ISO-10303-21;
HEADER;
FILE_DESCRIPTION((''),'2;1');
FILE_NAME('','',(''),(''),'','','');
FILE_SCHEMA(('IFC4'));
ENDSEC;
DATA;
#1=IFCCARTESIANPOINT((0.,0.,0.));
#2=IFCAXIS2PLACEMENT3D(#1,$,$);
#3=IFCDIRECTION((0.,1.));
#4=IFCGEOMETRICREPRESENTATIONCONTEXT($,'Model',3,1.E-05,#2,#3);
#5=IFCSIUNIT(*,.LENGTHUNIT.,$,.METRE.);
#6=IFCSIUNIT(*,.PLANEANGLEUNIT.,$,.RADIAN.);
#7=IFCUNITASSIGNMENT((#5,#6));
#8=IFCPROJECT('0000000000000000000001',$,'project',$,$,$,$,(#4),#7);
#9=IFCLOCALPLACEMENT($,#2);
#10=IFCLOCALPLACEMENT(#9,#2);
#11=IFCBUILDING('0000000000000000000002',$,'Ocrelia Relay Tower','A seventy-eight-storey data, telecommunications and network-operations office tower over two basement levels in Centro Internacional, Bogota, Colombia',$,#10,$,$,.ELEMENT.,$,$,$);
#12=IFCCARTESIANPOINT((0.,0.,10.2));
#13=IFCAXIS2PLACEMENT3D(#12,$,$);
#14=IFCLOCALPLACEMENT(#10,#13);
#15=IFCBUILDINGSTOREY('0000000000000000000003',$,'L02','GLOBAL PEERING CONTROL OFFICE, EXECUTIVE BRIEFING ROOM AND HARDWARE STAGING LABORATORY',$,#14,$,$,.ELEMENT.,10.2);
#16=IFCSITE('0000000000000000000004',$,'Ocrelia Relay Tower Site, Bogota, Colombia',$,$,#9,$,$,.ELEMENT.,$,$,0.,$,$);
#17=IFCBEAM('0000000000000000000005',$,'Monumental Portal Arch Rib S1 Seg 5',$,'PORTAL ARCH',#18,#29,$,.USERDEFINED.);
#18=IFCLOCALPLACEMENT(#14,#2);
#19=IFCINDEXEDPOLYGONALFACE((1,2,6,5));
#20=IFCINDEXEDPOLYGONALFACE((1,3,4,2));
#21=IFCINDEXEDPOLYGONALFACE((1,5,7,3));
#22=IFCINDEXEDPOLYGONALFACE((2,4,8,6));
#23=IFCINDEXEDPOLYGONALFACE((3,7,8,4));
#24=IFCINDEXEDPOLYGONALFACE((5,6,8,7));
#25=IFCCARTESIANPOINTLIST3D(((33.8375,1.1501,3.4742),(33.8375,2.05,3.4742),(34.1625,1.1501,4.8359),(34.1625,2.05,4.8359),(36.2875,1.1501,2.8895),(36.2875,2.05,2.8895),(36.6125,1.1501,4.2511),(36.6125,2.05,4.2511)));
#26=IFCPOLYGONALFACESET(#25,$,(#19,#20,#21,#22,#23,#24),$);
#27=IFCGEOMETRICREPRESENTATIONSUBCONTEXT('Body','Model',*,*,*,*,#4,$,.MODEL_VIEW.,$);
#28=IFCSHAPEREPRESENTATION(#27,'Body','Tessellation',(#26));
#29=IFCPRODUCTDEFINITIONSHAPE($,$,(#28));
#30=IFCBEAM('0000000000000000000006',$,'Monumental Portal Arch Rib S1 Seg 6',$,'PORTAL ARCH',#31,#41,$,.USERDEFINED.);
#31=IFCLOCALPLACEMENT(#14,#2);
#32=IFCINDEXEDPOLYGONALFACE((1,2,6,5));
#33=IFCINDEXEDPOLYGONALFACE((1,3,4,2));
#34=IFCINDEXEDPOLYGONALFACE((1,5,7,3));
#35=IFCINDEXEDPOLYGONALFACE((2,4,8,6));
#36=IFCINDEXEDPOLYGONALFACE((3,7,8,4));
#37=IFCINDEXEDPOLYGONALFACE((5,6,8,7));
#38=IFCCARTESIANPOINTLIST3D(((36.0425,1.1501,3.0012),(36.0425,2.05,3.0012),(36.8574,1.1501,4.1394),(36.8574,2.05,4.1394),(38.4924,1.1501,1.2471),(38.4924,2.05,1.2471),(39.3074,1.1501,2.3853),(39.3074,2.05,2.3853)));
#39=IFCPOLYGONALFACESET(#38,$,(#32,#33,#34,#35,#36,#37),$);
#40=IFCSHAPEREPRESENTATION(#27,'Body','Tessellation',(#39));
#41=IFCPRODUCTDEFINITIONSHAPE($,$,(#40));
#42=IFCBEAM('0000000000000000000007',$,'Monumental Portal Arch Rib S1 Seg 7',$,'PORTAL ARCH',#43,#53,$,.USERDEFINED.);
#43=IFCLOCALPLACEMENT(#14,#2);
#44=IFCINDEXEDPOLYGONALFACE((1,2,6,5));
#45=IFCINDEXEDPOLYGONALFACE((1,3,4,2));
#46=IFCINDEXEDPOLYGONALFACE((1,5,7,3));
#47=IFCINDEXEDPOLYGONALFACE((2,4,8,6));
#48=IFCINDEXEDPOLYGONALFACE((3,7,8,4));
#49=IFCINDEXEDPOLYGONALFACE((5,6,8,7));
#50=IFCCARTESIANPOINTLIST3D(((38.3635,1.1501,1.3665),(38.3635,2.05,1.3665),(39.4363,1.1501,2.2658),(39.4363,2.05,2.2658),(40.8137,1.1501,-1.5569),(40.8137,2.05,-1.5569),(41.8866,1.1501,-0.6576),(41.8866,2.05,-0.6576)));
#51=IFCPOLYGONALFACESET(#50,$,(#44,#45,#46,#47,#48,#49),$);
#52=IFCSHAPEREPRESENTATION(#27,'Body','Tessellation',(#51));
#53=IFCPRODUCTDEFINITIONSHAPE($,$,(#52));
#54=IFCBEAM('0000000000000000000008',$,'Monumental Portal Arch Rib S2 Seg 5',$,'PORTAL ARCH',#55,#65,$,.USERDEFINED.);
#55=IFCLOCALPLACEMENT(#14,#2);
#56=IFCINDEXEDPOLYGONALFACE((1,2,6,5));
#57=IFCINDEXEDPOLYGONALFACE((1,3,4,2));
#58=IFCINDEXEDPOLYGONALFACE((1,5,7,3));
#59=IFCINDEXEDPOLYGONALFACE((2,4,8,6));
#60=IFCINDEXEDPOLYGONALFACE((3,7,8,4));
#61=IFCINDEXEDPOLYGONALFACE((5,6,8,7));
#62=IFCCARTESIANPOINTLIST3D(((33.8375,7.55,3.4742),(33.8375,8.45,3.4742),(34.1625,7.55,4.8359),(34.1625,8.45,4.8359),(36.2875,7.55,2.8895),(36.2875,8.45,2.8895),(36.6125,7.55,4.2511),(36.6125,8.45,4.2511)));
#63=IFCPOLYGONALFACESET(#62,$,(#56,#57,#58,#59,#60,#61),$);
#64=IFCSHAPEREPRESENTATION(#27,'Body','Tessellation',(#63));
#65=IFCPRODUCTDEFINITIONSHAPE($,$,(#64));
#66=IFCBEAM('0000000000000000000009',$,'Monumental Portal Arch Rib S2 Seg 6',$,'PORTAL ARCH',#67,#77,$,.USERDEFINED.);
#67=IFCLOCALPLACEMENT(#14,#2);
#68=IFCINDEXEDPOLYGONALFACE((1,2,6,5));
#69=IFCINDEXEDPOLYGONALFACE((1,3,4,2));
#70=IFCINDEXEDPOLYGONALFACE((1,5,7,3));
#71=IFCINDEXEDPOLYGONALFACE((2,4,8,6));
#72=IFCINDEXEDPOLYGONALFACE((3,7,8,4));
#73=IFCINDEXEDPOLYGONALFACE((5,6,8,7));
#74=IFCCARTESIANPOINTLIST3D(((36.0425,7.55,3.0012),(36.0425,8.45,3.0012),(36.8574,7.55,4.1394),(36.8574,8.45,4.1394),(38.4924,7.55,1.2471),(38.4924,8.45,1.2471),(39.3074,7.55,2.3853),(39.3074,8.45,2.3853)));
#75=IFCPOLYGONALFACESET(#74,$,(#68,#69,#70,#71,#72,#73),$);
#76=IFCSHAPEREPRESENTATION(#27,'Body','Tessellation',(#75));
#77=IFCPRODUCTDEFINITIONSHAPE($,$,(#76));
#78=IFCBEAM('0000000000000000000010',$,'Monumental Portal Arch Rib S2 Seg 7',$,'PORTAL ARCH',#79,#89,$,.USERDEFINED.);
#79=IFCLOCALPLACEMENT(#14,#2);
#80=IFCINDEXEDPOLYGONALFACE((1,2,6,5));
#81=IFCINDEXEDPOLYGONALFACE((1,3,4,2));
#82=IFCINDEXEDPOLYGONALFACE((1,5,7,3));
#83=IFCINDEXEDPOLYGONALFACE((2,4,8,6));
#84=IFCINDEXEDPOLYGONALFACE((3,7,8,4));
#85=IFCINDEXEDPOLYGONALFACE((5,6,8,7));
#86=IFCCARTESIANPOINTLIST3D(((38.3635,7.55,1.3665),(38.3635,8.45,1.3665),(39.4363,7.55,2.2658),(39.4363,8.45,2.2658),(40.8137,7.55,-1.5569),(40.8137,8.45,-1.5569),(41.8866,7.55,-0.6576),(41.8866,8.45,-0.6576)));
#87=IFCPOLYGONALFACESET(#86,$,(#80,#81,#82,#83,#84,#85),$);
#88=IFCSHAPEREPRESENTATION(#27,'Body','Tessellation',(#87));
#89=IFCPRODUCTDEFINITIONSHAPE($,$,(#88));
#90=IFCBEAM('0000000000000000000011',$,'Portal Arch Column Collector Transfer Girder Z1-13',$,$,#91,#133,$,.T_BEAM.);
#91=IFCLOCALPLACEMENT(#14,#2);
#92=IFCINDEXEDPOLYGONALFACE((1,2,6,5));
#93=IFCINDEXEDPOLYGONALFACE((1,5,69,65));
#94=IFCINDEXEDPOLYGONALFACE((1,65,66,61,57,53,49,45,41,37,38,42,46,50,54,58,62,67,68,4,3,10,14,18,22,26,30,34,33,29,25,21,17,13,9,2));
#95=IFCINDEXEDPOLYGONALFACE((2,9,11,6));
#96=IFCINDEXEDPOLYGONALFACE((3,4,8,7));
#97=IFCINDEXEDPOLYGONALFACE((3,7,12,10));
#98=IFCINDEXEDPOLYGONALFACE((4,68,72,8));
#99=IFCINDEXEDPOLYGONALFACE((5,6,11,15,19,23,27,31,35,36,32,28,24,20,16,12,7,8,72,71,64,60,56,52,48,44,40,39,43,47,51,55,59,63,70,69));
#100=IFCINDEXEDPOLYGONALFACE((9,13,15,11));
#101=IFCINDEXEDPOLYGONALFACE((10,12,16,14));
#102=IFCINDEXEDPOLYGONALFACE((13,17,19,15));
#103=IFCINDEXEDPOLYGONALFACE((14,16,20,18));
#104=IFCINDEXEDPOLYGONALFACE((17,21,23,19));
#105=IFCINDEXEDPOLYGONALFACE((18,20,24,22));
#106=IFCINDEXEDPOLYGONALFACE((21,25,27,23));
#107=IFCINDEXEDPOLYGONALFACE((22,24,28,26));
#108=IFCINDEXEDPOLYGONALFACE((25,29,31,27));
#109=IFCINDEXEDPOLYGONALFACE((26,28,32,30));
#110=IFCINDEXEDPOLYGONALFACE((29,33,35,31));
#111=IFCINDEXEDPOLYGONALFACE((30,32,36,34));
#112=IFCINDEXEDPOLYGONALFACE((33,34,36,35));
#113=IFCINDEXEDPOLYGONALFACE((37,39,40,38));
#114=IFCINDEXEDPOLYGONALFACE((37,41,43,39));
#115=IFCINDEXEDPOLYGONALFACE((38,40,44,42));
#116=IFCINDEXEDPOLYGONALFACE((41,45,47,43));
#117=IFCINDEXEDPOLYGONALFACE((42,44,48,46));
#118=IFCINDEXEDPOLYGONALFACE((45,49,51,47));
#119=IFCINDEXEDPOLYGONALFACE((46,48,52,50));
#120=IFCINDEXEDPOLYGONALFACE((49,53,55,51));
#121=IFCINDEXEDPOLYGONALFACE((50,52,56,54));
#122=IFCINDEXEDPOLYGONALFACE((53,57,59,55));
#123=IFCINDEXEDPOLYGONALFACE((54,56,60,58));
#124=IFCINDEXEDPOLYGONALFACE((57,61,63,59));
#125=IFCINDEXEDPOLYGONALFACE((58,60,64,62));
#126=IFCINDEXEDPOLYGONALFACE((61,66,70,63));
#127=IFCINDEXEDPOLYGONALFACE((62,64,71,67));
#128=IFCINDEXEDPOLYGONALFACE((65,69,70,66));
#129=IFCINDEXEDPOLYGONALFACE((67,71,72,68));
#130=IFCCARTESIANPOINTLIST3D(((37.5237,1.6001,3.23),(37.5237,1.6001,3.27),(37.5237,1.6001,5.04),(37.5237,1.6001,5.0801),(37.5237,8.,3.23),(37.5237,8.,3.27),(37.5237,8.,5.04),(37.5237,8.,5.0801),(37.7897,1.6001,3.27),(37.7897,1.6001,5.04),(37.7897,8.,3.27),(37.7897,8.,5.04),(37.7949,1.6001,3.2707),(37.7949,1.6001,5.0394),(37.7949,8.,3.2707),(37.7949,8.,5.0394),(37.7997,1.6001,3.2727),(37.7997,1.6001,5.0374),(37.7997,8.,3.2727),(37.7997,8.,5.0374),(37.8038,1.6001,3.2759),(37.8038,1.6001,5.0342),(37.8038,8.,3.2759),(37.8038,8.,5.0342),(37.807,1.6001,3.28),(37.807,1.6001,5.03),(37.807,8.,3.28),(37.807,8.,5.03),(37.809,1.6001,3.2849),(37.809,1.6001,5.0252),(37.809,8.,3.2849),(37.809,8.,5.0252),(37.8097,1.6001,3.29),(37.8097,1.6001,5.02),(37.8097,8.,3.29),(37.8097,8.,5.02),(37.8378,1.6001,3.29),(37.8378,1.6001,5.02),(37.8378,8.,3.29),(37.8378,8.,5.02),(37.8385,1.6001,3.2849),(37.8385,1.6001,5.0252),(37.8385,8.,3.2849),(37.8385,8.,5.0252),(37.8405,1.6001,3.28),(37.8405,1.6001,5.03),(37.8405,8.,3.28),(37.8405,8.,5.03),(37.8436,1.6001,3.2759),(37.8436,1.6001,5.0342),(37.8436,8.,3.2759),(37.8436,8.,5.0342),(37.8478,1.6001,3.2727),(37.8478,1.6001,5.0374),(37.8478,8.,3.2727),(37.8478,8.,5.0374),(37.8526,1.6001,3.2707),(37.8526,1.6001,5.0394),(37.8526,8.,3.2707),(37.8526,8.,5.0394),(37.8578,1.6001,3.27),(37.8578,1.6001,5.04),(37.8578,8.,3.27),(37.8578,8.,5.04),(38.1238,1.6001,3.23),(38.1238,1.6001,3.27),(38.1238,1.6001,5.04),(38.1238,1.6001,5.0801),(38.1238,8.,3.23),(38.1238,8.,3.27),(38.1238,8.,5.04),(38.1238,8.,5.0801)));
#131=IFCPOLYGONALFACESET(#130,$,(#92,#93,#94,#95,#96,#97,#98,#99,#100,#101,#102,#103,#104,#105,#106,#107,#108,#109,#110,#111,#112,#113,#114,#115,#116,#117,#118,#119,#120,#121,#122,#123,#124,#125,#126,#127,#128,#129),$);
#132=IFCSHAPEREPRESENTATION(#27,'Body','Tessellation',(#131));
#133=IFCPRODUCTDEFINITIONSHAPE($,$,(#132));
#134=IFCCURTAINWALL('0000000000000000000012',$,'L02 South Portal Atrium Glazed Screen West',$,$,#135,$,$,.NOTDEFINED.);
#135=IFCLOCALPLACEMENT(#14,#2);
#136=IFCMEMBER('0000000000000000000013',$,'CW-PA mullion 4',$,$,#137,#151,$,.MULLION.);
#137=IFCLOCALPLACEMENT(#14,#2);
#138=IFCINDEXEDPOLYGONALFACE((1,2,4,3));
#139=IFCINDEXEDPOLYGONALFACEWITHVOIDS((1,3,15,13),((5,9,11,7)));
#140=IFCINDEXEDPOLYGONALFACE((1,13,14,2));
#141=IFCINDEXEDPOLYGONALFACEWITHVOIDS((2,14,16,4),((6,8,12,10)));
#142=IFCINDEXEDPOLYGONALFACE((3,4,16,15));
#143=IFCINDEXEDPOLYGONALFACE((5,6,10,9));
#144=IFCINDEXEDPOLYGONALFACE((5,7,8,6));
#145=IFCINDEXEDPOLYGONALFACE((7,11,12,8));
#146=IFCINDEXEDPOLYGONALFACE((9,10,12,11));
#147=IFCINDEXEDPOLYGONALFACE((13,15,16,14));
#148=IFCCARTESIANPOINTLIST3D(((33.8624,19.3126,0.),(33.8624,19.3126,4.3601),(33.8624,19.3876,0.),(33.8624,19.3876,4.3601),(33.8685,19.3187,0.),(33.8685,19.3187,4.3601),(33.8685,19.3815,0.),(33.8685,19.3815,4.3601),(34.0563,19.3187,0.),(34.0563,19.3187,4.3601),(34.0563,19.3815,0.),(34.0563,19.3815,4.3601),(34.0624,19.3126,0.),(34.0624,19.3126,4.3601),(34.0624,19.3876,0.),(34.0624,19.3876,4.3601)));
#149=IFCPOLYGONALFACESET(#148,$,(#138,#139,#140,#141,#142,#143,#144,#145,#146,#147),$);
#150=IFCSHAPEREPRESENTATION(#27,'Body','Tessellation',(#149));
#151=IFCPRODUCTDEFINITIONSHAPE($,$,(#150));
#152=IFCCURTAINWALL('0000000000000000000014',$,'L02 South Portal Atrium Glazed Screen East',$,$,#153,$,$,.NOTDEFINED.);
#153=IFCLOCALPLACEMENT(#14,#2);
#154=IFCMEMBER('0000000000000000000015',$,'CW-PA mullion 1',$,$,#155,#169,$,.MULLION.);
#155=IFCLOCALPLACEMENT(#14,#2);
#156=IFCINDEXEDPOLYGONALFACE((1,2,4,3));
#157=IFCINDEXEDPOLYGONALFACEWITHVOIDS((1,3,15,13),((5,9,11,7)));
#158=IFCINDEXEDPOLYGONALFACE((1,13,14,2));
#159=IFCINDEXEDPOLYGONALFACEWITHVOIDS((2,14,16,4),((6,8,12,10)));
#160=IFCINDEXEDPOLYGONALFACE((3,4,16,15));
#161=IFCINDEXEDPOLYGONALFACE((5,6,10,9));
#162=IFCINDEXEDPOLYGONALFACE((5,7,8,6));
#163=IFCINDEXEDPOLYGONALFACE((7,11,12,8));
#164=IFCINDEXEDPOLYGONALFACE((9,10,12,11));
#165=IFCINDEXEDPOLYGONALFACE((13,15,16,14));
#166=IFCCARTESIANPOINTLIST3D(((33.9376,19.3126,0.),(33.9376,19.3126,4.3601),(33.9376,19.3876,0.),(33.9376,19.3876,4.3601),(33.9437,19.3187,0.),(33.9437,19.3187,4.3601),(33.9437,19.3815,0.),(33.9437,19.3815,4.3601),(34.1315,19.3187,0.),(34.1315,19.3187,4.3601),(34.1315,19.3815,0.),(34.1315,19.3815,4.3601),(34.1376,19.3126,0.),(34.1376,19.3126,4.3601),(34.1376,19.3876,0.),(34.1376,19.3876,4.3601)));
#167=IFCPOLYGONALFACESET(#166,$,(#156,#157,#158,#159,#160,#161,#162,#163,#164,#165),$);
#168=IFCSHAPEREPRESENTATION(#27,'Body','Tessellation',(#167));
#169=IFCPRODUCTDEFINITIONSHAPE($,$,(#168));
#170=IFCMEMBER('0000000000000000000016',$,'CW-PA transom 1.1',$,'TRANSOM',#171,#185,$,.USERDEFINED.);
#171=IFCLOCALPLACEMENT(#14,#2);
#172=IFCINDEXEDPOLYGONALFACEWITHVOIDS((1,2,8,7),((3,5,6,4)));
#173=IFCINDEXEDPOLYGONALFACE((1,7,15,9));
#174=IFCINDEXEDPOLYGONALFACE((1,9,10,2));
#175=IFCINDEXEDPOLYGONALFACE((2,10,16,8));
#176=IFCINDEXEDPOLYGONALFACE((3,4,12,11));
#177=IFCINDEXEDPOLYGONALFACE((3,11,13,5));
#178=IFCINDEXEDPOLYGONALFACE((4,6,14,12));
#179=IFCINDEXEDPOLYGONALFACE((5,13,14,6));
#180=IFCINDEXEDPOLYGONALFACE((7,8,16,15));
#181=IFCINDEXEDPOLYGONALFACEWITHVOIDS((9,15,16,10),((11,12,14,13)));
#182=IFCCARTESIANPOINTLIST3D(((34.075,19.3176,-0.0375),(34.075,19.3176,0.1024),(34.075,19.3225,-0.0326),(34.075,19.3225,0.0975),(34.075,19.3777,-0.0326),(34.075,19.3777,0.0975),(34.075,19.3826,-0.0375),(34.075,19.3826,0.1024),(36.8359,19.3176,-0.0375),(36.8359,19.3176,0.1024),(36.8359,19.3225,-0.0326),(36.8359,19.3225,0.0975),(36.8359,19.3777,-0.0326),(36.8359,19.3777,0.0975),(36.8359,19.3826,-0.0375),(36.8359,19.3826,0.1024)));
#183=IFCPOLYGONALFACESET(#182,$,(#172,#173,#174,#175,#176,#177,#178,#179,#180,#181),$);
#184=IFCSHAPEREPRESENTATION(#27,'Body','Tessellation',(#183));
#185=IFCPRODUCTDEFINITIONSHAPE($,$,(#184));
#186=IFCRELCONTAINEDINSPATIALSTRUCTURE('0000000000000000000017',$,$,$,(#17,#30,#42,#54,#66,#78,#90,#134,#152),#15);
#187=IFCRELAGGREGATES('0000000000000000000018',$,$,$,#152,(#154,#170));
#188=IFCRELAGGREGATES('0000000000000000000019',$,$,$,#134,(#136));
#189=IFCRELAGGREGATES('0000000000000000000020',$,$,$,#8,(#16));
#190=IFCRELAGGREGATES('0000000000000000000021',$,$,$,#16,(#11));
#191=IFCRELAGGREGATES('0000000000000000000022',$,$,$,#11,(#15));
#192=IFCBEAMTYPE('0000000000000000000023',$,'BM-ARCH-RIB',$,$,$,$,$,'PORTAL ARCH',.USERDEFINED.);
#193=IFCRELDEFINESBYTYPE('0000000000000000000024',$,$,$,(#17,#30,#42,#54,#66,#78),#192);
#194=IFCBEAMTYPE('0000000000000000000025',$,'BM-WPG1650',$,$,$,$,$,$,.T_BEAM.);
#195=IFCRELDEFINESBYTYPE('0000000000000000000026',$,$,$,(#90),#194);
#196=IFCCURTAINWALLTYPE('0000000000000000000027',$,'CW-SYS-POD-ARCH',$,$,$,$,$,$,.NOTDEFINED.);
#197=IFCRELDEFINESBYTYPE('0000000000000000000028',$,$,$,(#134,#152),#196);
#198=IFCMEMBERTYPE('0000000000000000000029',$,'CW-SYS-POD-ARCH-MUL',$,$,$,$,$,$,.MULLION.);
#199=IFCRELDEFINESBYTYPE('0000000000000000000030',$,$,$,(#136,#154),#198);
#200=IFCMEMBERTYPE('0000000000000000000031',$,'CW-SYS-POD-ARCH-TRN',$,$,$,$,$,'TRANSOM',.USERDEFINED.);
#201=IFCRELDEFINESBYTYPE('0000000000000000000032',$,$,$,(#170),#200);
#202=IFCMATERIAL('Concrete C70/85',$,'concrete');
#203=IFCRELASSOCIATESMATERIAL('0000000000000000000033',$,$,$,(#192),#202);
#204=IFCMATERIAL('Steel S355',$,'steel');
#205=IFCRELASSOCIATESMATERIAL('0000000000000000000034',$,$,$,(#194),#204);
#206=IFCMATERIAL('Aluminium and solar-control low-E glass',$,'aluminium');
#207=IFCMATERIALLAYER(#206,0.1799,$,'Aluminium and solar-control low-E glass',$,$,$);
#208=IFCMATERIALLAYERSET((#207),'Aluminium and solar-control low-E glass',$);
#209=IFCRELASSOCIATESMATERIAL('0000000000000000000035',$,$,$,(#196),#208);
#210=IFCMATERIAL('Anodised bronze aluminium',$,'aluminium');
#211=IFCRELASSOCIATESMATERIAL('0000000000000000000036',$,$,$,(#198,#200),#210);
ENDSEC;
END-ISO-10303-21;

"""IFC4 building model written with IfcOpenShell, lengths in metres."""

from ifc_helpers import new_model, si_unit, direction, frame, origin, origin_2d, place, context, subcontext, project, spatial, rectangle, hollow_rectangle, i_section, extrude, material, layer, layer_set, material_profile, profile_set, type_object, element, aggregate, save


model = new_model("IFC4")

# Units and contexts
model_context = context("Model", 3, precision=1e-05, world=origin(), true_north=direction((0.0, 1.0)))
body_context = subcontext(model_context, "Body", "Model", "MODEL_VIEW")
ifc_project = project(units=[si_unit("LENGTHUNIT", "METRE"), si_unit("PLANEANGLEUNIT", "RADIAN")], contexts=[model_context])

# Site, building, storey
site_placement = place(None, origin())
site = spatial("IfcSite", under=ifc_project, at=site_placement, Name="Ocrelia Relay Tower Site, Bogota, Colombia", CompositionType="ELEMENT", RefElevation=0.0)
building_placement = place(site_placement, origin())
building = spatial("IfcBuilding", under=site, at=building_placement, Name="Ocrelia Relay Tower", Description="A seventy-eight-storey data, telecommunications and network-operations office tower over two basement levels in Centro Internacional, Bogota, Colombia", CompositionType="ELEMENT")
storey_placement = place(building_placement, frame((0.0, 0.0, 10.2)))
storey = spatial("IfcBuildingStorey", under=building, at=storey_placement, Name="L02", Description="GLOBAL PEERING CONTROL OFFICE, EXECUTIVE BRIEFING ROOM AND HARDWARE STAGING LABORATORY", CompositionType="ELEMENT", Elevation=10.2)

# Beams
ifc_material_1 = material(Name="Concrete C70/85", Category="concrete")
ifc_material_profile_1 = material_profile(ifc_material_1, rectangle(XDim=0.8999, YDim=1.3999, at=origin_2d()), Name="RC-BM-900x1400")
ifc_profile_set_1 = profile_set([ifc_material_profile_1], Name="Concrete C70/85")
beam_type_1 = type_object("IfcBeamType", Name="BM-ARCH-RIB", ElementType="PORTAL ARCH", PredefinedType="USERDEFINED", material=ifc_profile_set_1)
beam_1_placement = place(storey_placement, frame((34.0, 1.6001, 4.155), z_axis=(0.972681, 0.0, -0.232145), x_axis=(0.0, 1.0, 0.0)))
element("IfcBeam", 1, at=beam_1_placement, inside=storey, type_object=beam_type_1, Name="Monumental Portal Arch Rib S1 Seg 5", ObjectType="PORTAL ARCH", PredefinedType="USERDEFINED", context=body_context, shape_type="SweptSolid", body=[
    extrude(rectangle(XDim=0.8999, YDim=1.3999, at=origin_2d()), origin(), (0.0, 0.0, 1.0), 2.5188),
])
beam_2_placement = place(storey_placement, frame((36.45, 1.6001, 3.5703), z_axis=(0.813076, 0.0, -0.582158), x_axis=(0.0, 1.0, 0.0)))
element("IfcBeam", 2, at=beam_2_placement, inside=storey, type_object=beam_type_1, Name="Monumental Portal Arch Rib S1 Seg 6", ObjectType="PORTAL ARCH", PredefinedType="USERDEFINED", context=body_context, shape_type="SweptSolid", body=[
    extrude(rectangle(XDim=0.8999, YDim=1.3999, at=origin_2d()), origin(), (0.0, 0.0, 1.0), 3.0132),
])
beam_3_placement = place(storey_placement, frame((38.8999, 1.6001, 1.8162), z_axis=(0.64236, 0.0, -0.766403), x_axis=(0.0, 1.0, 0.0)))
element("IfcBeam", 3, at=beam_3_placement, inside=storey, type_object=beam_type_1, Name="Monumental Portal Arch Rib S1 Seg 7", ObjectType="PORTAL ARCH", PredefinedType="USERDEFINED", context=body_context, shape_type="SweptSolid", body=[
    extrude(rectangle(XDim=0.8999, YDim=1.3999, at=origin_2d()), origin(), (0.0, 0.0, 1.0), 3.8145),
])
beam_4_placement = place(storey_placement, frame((34.0, 8.0, 4.155), z_axis=(0.972681, 0.0, -0.232145), x_axis=(0.0, 1.0, 0.0)))
element("IfcBeam", 4, at=beam_4_placement, inside=storey, type_object=beam_type_1, Name="Monumental Portal Arch Rib S2 Seg 5", ObjectType="PORTAL ARCH", PredefinedType="USERDEFINED", context=body_context, shape_type="SweptSolid", body=[
    extrude(rectangle(XDim=0.8999, YDim=1.3999, at=origin_2d()), origin(), (0.0, 0.0, 1.0), 2.5188),
])
beam_5_placement = place(storey_placement, frame((36.45, 8.0, 3.5703), z_axis=(0.813076, 0.0, -0.582158), x_axis=(0.0, 1.0, 0.0)))
element("IfcBeam", 5, at=beam_5_placement, inside=storey, type_object=beam_type_1, Name="Monumental Portal Arch Rib S2 Seg 6", ObjectType="PORTAL ARCH", PredefinedType="USERDEFINED", context=body_context, shape_type="SweptSolid", body=[
    extrude(rectangle(XDim=0.8999, YDim=1.3999, at=origin_2d()), origin(), (0.0, 0.0, 1.0), 3.0132),
])
beam_6_placement = place(storey_placement, frame((38.8999, 8.0, 1.8162), z_axis=(0.64236, 0.0, -0.766403), x_axis=(0.0, 1.0, 0.0)))
element("IfcBeam", 6, at=beam_6_placement, inside=storey, type_object=beam_type_1, Name="Monumental Portal Arch Rib S2 Seg 7", ObjectType="PORTAL ARCH", PredefinedType="USERDEFINED", context=body_context, shape_type="SweptSolid", body=[
    extrude(rectangle(XDim=0.8999, YDim=1.3999, at=origin_2d()), origin(), (0.0, 0.0, 1.0), 3.8145),
])
ifc_material_2 = material(Name="Steel S355", Category="steel")
ifc_material_profile_2 = material_profile(ifc_material_2, i_section(OverallWidth=0.6001, OverallDepth=1.8501, WebThickness=0.0281, FlangeThickness=0.04, FilletRadius=0.02, at=origin_2d()), Name="WPG 1850x600")
ifc_profile_set_2 = profile_set([ifc_material_profile_2], Name="Steel S355")
beam_type_2 = type_object("IfcBeamType", Name="BM-WPG1650", PredefinedType="T_BEAM", material=ifc_profile_set_2)
beam_7_placement = place(storey_placement, frame((37.8237, 1.6001, 4.155), z_axis=(0.0, 1.0, 0.0), x_axis=(-1.0, 0.0, 0.0)))
element("IfcBeam", 7, at=beam_7_placement, inside=storey, type_object=beam_type_2, Name="Portal Arch Column Collector Transfer Girder Z1-13", PredefinedType="T_BEAM", context=body_context, shape_type="SweptSolid", body=[
    extrude(i_section(OverallWidth=0.6001, OverallDepth=1.8501, WebThickness=0.0281, FlangeThickness=0.04, FilletRadius=0.02, at=origin_2d()), origin(), (0.0, 0.0, 1.0), 6.3999),
])

# Curtain wall, member
ifc_material_3 = material(Name="Aluminium and solar-control low-E glass", Category="aluminium")
ifc_layer_1 = layer(ifc_material_3, 0.1799, Name="Aluminium and solar-control low-E glass")
ifc_layer_set_1 = layer_set([ifc_layer_1], Name="Aluminium and solar-control low-E glass")
curtain_wall_type = type_object("IfcCurtainWallType", Name="CW-SYS-POD-ARCH", PredefinedType="NOTDEFINED", material=ifc_layer_set_1)
curtain_wall_1_placement = place(storey_placement, origin())
curtain_wall_1 = element("IfcCurtainWall", 8, at=curtain_wall_1_placement, inside=storey, type_object=curtain_wall_type, Name="L02 South Portal Atrium Glazed Screen West", PredefinedType="NOTDEFINED")
ifc_material_4 = material(Name="Anodised bronze aluminium", Category="aluminium")
ifc_material_profile_3 = material_profile(ifc_material_4, hollow_rectangle(XDim=0.075, YDim=0.2, WallThickness=0.0061, at=origin_2d()), Name="CW-MUL-200x75")
ifc_profile_set_3 = profile_set([ifc_material_profile_3], Name="Anodised bronze aluminium")
member_type_1 = type_object("IfcMemberType", Name="CW-SYS-POD-ARCH-MUL", PredefinedType="MULLION", material=ifc_profile_set_3)
member_1_placement = place(storey_placement, frame((33.9624, 19.3501, 0.0), z_axis=(0.0, 0.0, 1.0), x_axis=(0.0, 1.0, 0.0)))
member_1 = element("IfcMember", 9, at=member_1_placement, type_object=member_type_1, Name="CW-PA mullion 4", PredefinedType="MULLION", context=body_context, shape_type="SweptSolid", body=[
    extrude(hollow_rectangle(XDim=0.075, YDim=0.2, WallThickness=0.0061, at=origin_2d()), origin(), (0.0, 0.0, 1.0), 4.3601),
])

# Curtain wall, members
curtain_wall_2_placement = place(storey_placement, origin())
curtain_wall_2 = element("IfcCurtainWall", 10, at=curtain_wall_2_placement, inside=storey, type_object=curtain_wall_type, Name="L02 South Portal Atrium Glazed Screen East", PredefinedType="NOTDEFINED")
member_2_placement = place(storey_placement, frame((34.0376, 19.3501, 0.0), z_axis=(0.0, 0.0, 1.0), x_axis=(0.0, 1.0, 0.0)))
member_2 = element("IfcMember", 11, at=member_2_placement, type_object=member_type_1, Name="CW-PA mullion 1", PredefinedType="MULLION", context=body_context, shape_type="SweptSolid", body=[
    extrude(hollow_rectangle(XDim=0.075, YDim=0.2, WallThickness=0.0061, at=origin_2d()), origin(), (0.0, 0.0, 1.0), 4.3601),
])
ifc_material_profile_4 = material_profile(ifc_material_4, hollow_rectangle(XDim=0.0649, YDim=0.1399, WallThickness=0.0049, at=origin_2d()), Name="CW-TRN-140x65")
ifc_profile_set_4 = profile_set([ifc_material_profile_4], Name="Anodised bronze aluminium")
member_type_2 = type_object("IfcMemberType", Name="CW-SYS-POD-ARCH-TRN", ElementType="TRANSOM", PredefinedType="USERDEFINED", material=ifc_profile_set_4)
member_3_placement = place(storey_placement, frame((34.075, 19.3501, 0.0325), z_axis=(1.0, 0.0, 0.0), x_axis=(0.0, 1.0, 0.0)))
member_3 = element("IfcMember", 12, at=member_3_placement, type_object=member_type_2, Name="CW-PA transom 1.1", ObjectType="TRANSOM", PredefinedType="USERDEFINED", context=body_context, shape_type="SweptSolid", body=[
    extrude(hollow_rectangle(XDim=0.0649, YDim=0.1399, WallThickness=0.0049, at=origin_2d()), origin(), (0.0, 0.0, 1.0), 2.761),
])
aggregate(curtain_wall_2, [member_2, member_3])

aggregate(curtain_wall_1, [member_1])

save(model, "model.ifc")
